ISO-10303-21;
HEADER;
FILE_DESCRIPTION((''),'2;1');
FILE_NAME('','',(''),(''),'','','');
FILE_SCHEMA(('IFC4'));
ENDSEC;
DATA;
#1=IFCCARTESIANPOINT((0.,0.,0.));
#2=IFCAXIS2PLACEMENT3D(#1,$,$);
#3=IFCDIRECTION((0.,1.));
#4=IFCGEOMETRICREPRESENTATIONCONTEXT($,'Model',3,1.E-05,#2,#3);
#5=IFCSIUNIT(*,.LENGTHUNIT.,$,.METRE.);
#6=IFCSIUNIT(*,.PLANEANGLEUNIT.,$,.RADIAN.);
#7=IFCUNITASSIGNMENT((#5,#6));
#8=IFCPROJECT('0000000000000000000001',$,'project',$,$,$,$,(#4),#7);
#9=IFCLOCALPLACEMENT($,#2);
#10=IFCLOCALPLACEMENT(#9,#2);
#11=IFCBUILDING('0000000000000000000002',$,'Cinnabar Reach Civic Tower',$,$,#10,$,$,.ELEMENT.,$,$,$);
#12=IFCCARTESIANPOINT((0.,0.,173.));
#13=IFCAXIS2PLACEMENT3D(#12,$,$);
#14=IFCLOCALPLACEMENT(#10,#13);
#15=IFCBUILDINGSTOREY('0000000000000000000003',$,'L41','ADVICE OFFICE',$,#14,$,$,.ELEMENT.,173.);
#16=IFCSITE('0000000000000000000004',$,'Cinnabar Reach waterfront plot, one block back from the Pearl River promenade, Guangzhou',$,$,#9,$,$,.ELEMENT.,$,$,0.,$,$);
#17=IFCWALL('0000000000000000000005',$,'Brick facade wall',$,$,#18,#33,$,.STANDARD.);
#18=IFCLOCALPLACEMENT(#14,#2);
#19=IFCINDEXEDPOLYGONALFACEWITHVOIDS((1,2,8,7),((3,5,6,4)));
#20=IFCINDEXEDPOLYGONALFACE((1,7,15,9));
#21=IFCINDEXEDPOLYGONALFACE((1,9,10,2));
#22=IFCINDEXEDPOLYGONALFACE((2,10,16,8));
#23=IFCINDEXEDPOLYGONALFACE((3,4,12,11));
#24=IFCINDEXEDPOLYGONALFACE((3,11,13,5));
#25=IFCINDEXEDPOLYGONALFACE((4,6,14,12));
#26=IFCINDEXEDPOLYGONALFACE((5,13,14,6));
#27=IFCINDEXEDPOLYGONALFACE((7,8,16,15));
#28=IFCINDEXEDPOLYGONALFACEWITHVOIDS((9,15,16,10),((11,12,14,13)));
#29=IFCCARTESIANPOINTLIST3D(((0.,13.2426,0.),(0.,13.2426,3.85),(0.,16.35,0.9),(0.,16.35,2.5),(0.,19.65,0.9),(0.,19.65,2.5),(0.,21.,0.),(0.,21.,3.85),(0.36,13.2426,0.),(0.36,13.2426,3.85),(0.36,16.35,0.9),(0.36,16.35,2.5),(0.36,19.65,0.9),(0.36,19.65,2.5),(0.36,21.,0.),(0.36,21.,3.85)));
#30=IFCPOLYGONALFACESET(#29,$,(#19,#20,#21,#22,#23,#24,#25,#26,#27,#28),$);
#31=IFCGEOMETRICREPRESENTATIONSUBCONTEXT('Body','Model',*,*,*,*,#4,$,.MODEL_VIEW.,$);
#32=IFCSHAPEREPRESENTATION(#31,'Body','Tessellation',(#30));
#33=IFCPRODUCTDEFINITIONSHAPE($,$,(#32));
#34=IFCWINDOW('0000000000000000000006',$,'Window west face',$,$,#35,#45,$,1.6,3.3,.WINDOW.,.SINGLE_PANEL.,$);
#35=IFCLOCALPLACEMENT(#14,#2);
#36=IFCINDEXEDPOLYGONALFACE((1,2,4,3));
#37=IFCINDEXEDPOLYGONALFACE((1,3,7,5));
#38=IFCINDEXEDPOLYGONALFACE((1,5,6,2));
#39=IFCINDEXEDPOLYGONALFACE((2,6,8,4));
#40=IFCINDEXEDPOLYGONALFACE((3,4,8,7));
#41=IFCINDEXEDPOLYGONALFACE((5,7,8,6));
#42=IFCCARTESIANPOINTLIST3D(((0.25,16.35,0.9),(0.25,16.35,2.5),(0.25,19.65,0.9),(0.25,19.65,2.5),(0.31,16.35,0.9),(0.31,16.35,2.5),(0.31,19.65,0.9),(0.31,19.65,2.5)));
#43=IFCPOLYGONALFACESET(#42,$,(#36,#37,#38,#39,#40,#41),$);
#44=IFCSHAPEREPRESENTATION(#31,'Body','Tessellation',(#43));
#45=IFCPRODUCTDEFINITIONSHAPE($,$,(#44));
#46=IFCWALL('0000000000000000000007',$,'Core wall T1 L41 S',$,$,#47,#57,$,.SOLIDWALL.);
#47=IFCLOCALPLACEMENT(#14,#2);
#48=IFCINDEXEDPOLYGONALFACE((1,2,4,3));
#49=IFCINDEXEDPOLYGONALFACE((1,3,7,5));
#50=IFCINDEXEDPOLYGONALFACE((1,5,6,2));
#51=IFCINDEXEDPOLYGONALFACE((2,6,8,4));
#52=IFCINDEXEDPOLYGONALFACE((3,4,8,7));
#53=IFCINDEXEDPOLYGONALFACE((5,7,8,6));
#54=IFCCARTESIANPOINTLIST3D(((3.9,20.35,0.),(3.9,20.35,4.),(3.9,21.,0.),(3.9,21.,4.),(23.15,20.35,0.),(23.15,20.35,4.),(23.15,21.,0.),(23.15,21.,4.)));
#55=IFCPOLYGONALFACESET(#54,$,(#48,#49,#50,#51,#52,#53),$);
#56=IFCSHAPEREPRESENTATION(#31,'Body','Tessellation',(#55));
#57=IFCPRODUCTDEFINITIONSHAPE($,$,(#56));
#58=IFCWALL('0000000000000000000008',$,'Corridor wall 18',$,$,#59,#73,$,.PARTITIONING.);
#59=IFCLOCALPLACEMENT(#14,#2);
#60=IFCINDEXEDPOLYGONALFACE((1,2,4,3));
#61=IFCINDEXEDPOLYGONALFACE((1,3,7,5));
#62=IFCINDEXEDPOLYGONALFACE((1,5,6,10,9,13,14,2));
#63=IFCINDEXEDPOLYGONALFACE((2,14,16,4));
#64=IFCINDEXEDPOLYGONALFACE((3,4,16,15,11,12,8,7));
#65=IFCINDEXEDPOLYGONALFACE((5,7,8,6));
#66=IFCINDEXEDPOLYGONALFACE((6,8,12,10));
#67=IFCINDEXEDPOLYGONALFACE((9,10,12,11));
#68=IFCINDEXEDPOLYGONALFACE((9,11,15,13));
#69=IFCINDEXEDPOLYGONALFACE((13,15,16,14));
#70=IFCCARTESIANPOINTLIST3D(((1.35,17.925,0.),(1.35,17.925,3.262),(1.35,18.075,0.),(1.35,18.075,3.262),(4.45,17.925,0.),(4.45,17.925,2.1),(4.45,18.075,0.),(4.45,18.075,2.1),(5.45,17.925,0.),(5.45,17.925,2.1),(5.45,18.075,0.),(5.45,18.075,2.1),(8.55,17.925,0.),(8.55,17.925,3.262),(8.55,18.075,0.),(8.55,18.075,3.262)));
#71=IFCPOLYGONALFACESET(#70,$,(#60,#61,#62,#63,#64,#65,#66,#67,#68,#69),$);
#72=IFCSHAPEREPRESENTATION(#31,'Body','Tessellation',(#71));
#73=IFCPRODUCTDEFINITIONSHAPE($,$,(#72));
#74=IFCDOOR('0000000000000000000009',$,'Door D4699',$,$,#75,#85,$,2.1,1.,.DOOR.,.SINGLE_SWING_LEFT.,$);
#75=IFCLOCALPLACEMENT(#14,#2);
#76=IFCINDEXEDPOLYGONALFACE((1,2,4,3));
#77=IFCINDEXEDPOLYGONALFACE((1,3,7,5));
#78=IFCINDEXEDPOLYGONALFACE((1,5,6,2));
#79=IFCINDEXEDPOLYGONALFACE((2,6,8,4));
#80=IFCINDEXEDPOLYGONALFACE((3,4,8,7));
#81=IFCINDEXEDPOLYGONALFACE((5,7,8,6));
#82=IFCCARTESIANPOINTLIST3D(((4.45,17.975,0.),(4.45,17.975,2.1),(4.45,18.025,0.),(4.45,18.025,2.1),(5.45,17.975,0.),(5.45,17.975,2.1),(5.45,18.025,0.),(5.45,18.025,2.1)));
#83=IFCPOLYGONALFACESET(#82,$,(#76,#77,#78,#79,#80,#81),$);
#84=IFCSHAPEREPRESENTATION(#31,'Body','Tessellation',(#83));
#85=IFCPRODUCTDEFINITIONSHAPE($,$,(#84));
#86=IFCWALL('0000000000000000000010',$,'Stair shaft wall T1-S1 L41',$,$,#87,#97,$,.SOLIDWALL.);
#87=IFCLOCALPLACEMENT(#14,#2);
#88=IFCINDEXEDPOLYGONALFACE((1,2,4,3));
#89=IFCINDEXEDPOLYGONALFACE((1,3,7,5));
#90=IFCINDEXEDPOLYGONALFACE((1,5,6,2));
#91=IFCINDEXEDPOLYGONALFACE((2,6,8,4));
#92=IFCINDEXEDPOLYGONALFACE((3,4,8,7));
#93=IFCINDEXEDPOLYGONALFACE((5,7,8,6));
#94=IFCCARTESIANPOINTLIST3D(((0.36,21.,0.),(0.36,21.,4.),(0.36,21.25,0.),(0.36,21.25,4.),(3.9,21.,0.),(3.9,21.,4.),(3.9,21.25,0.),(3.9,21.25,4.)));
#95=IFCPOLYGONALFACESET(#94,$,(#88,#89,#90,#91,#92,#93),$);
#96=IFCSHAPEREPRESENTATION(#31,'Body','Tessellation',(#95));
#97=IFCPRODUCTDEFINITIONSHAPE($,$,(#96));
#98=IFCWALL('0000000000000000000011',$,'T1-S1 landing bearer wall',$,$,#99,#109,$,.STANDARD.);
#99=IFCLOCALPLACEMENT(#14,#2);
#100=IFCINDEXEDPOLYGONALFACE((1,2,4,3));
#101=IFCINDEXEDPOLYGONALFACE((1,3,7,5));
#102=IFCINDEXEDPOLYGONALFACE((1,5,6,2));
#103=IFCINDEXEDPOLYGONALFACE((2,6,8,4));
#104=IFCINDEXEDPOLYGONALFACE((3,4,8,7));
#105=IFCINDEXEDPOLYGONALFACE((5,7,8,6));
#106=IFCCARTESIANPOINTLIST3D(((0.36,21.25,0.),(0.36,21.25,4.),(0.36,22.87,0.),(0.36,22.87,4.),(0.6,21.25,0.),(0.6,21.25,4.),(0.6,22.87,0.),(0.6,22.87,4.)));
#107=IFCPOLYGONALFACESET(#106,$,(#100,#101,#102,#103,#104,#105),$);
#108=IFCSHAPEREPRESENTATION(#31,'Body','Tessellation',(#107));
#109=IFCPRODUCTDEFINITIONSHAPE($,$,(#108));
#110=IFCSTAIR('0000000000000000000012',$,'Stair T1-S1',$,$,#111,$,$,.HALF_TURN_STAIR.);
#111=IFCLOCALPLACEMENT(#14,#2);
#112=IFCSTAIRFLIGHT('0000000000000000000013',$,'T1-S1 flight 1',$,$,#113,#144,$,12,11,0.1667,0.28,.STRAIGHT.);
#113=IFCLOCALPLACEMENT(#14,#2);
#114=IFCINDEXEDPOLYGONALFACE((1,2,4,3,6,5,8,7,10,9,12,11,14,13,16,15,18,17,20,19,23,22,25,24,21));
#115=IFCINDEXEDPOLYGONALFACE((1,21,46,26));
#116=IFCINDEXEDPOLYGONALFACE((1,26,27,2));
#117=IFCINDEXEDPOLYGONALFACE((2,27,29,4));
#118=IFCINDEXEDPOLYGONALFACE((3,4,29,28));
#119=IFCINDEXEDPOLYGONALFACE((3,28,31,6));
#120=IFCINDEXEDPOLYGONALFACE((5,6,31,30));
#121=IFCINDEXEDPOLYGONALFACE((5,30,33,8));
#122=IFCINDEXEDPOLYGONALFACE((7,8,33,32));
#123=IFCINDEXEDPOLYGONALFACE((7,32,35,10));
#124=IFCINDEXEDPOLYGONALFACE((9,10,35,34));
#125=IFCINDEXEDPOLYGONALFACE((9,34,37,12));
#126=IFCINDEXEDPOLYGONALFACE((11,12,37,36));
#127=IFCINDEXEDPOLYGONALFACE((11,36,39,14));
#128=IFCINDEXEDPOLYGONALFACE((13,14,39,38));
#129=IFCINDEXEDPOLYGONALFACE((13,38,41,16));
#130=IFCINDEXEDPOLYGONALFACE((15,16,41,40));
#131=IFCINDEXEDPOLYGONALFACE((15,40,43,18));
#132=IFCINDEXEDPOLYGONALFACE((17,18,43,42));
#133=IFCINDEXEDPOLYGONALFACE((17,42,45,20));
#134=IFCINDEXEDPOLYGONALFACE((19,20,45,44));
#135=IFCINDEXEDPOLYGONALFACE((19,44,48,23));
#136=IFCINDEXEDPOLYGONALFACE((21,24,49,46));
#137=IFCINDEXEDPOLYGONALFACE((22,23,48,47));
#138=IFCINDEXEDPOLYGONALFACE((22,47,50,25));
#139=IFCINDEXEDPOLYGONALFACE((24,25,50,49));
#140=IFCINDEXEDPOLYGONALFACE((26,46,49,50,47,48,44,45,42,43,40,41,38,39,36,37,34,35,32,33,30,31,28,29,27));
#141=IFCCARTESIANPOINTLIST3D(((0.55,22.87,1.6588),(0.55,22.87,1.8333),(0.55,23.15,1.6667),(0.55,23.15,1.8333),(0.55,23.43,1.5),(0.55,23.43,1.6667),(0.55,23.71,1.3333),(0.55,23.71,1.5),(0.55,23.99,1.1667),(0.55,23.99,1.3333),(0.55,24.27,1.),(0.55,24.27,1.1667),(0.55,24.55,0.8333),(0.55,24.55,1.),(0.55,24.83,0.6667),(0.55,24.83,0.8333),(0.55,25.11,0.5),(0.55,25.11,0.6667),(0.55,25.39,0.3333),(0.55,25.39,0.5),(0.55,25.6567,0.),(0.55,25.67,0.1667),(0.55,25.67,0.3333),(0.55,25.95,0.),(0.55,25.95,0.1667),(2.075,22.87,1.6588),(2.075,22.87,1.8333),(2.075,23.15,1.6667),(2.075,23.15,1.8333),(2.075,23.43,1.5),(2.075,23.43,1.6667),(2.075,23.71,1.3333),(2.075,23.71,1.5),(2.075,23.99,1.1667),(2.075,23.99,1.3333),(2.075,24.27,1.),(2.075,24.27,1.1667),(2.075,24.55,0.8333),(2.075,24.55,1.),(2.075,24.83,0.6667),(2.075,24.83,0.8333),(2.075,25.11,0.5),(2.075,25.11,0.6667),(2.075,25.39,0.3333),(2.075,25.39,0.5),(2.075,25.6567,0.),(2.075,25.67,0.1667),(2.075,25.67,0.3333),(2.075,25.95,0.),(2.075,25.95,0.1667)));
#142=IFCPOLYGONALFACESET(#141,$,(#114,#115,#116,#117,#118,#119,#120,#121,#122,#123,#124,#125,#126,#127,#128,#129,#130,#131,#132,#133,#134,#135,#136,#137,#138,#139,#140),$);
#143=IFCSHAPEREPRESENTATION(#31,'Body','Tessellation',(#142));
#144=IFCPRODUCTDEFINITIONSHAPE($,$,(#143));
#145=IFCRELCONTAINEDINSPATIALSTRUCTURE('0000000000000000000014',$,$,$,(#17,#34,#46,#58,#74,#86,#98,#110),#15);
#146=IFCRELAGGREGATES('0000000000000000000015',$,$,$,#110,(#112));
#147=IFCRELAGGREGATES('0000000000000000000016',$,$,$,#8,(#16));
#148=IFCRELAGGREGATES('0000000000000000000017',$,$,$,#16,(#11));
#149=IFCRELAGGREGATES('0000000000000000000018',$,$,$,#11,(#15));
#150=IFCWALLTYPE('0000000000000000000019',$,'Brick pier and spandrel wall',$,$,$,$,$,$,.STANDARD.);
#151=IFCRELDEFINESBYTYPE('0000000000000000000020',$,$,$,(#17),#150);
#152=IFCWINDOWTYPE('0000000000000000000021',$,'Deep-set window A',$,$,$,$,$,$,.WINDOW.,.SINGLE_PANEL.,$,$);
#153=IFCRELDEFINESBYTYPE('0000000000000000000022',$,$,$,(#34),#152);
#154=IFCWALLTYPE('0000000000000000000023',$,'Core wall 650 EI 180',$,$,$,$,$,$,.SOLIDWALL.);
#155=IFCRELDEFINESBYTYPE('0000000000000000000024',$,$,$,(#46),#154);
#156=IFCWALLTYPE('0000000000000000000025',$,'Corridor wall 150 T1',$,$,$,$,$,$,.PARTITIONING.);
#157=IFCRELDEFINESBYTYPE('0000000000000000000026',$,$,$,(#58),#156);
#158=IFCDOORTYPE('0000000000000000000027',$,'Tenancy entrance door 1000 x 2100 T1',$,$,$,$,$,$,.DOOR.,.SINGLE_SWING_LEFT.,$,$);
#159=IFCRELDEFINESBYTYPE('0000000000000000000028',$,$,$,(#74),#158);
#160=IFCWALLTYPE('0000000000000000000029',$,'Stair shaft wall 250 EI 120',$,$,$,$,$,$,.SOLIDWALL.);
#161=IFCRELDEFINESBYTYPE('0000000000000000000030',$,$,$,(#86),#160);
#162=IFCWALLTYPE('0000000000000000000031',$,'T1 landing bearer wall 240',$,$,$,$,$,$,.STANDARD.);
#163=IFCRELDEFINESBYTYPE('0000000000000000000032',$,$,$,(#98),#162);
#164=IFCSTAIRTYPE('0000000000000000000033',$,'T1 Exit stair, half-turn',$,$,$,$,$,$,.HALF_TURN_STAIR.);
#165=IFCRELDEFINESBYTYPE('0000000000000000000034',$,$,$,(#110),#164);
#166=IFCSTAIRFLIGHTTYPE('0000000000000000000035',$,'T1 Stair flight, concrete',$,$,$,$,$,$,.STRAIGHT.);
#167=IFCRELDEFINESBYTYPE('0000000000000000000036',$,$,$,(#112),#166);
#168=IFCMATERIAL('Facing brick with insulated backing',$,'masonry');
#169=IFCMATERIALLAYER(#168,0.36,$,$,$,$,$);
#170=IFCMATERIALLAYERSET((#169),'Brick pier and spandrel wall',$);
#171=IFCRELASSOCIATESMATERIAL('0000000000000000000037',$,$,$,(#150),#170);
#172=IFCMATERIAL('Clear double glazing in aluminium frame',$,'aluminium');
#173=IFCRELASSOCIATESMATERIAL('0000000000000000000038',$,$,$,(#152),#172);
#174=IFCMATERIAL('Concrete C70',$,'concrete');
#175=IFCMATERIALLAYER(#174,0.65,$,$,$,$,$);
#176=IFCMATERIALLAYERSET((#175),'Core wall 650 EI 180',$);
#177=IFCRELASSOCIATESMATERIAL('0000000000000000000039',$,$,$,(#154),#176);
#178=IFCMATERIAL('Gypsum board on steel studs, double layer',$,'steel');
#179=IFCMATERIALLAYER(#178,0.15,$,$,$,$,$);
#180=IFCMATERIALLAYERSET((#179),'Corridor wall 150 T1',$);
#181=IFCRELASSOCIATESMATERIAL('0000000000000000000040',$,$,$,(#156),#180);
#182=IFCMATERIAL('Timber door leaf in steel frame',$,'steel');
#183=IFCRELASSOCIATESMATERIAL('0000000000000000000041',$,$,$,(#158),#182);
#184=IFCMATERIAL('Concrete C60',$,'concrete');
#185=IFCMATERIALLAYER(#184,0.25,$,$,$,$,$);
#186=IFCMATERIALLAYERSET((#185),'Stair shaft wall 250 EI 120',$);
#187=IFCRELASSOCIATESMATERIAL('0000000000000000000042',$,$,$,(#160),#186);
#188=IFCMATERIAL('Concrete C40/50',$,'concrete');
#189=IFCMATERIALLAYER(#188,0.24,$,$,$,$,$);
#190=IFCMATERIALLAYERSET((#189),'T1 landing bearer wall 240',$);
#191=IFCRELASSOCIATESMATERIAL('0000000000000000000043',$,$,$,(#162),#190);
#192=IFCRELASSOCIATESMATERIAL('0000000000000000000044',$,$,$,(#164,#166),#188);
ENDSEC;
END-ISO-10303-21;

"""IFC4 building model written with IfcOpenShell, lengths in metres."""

from ifc_helpers import new_model, si_unit, direction, frame, frame_2d, origin, place, context, subcontext, project, spatial, polyline, rectangle, outline, extrude, material, layer, layer_set, type_object, element, fill, aggregate, save


model = new_model("IFC4")

# Units and contexts
model_context = context("Model", 3, precision=1e-05, world=origin(), true_north=direction((0.0, 1.0)))
body_context = subcontext(model_context, "Body", "Model", "MODEL_VIEW")
ifc_project = project(units=[si_unit("LENGTHUNIT", "METRE"), si_unit("PLANEANGLEUNIT", "RADIAN")], contexts=[model_context])

# Site, building, storey
site_placement = place(None, origin())
site = spatial("IfcSite", under=ifc_project, at=site_placement, Name="Cinnabar Reach waterfront plot, one block back from the Pearl River promenade, Guangzhou", CompositionType="ELEMENT", RefElevation=0.0)
building_placement = place(site_placement, origin())
building = spatial("IfcBuilding", under=site, at=building_placement, Name="Cinnabar Reach Civic Tower", CompositionType="ELEMENT")
storey_placement = place(building_placement, frame((0.0, 0.0, 173.0)))
storey = spatial("IfcBuildingStorey", under=building, at=storey_placement, Name="L41", Description="ADVICE OFFICE", CompositionType="ELEMENT", Elevation=173.0)

# Shared definitions
ifc_material_1 = material(Name="Concrete C70", Category="concrete")

# Shared definitions
ifc_material_2 = material(Name="Facing brick with insulated backing", Category="masonry")
ifc_layer_1 = layer(ifc_material_2, 0.36)
ifc_layer_set_1 = layer_set([ifc_layer_1], Name="Brick pier and spandrel wall")
wall_type_1 = type_object("IfcWallType", Name="Brick pier and spandrel wall", PredefinedType="STANDARD", material=ifc_layer_set_1)

# Wall, opening, window
wall_1_placement = place(storey_placement, frame((0.18, 21.0, 0.0), z_axis=(0.0, 0.0, 1.0), x_axis=(0.0, -1.0, 0.0)))
wall_1 = element("IfcWall", 1, at=wall_1_placement, inside=storey, type_object=wall_type_1, Name="Brick facade wall", PredefinedType="STANDARD", context=body_context, shape_type="SweptSolid", body=[
    extrude(rectangle(XDim=7.7574, YDim=0.36, at=frame_2d((3.8787, 0.0))), origin(), (0.0, 0.0, 1.0), 3.85),
])
opening_1_placement = place(wall_1_placement, frame((1.35, 0.0, 0.9)))
opening_1 = element("IfcOpeningElement", 2, at=opening_1_placement, cuts=wall_1, PredefinedType="OPENING", context=body_context, shape_type="SweptSolid", body=[
    extrude(rectangle(XDim=3.3, YDim=1.6, at=frame_2d((1.65, 0.8))), frame((0.0, 0.19, 0.0), z_axis=(0.0, -1.0, 0.0), x_axis=(1.0, 0.0, 0.0)), (0.0, 0.0, 1.0), 0.38),
])
ifc_material_3 = material(Name="Clear double glazing in aluminium frame", Category="aluminium")
window_type = type_object("IfcWindowType", Name="Deep-set window A", PartitioningType="SINGLE_PANEL", PredefinedType="WINDOW", material=ifc_material_3)
window_placement = place(opening_1_placement, origin())
window = element("IfcWindow", 3, at=window_placement, inside=storey, type_object=window_type, Name="Window west face", OverallHeight=1.6, OverallWidth=3.3, PartitioningType="SINGLE_PANEL", PredefinedType="WINDOW", context=body_context, shape_type="SweptSolid", body=[
    extrude(rectangle(XDim=3.3, YDim=1.6, at=frame_2d((1.65, 0.8))), frame((0.0, 0.13, 0.0), z_axis=(0.0, -1.0, 0.0), x_axis=(1.0, 0.0, 0.0)), (0.0, 0.0, 1.0), 0.06),
])
fill(opening_1, window)

# Wall
ifc_layer_2 = layer(ifc_material_1, 0.65)
ifc_layer_set_2 = layer_set([ifc_layer_2], Name="Core wall 650 EI 180")
wall_type_2 = type_object("IfcWallType", Name="Core wall 650 EI 180", PredefinedType="SOLIDWALL", material=ifc_layer_set_2)
wall_2_placement = place(storey_placement, frame((3.9, 20.675, 0.0), z_axis=(0.0, 0.0, 1.0), x_axis=(1.0, 0.0, 0.0)))
element("IfcWall", 4, at=wall_2_placement, inside=storey, type_object=wall_type_2, Name="Core wall T1 L41 S", PredefinedType="SOLIDWALL", context=body_context, shape_type="SweptSolid", body=[
    extrude(rectangle(XDim=19.25, YDim=0.65, at=frame_2d((9.625, 0.0))), origin(), (0.0, 0.0, 1.0), 4.0),
])

# Wall, opening, door
ifc_material_4 = material(Name="Gypsum board on steel studs, double layer", Category="steel")
ifc_layer_3 = layer(ifc_material_4, 0.15)
ifc_layer_set_3 = layer_set([ifc_layer_3], Name="Corridor wall 150 T1")
wall_type_3 = type_object("IfcWallType", Name="Corridor wall 150 T1", PredefinedType="PARTITIONING", material=ifc_layer_set_3)
wall_3_placement = place(storey_placement, frame((1.35, 18.0, 0.0), z_axis=(0.0, 0.0, 1.0), x_axis=(1.0, 0.0, 0.0)))
wall_3 = element("IfcWall", 5, at=wall_3_placement, inside=storey, type_object=wall_type_3, Name="Corridor wall 18", PredefinedType="PARTITIONING", context=body_context, shape_type="SweptSolid", body=[
    extrude(rectangle(XDim=7.2, YDim=0.15, at=frame_2d((3.6, 0.0))), origin(), (0.0, 0.0, 1.0), 3.262),
])
opening_2_placement = place(wall_3_placement, frame((3.1, 0.0, 0.0)))
opening_2 = element("IfcOpeningElement", 6, at=opening_2_placement, cuts=wall_3, PredefinedType="OPENING", context=body_context, shape_type="SweptSolid", body=[
    extrude(rectangle(XDim=1.0, YDim=2.1, at=frame_2d((0.5, 1.05))), frame((0.0, 0.085, 0.0), z_axis=(0.0, -1.0, 0.0), x_axis=(1.0, 0.0, 0.0)), (0.0, 0.0, 1.0), 0.17),
])
ifc_material_5 = material(Name="Timber door leaf in steel frame", Category="steel")
door_type = type_object("IfcDoorType", Name="Tenancy entrance door 1000 x 2100 T1", OperationType="SINGLE_SWING_LEFT", PredefinedType="DOOR", material=ifc_material_5)
door_placement = place(opening_2_placement, frame((1.0, 0.0, 0.0), z_axis=(0.0, 0.0, 1.0), x_axis=(-1.0, 0.0, 0.0)))
door = element("IfcDoor", 7, at=door_placement, inside=storey, type_object=door_type, Name="Door D4699", OperationType="SINGLE_SWING_LEFT", OverallHeight=2.1, OverallWidth=1.0, PredefinedType="DOOR", context=body_context, shape_type="SweptSolid", body=[
    extrude(rectangle(XDim=1.0, YDim=2.1, at=frame_2d((0.5, 1.05))), frame((0.0, 0.025, 0.0), z_axis=(0.0, -1.0, 0.0), x_axis=(1.0, 0.0, 0.0)), (0.0, 0.0, 1.0), 0.05),
])
fill(opening_2, door)

# Walls
ifc_material_6 = material(Name="Concrete C60", Category="concrete")
ifc_layer_4 = layer(ifc_material_6, 0.25)
ifc_layer_set_4 = layer_set([ifc_layer_4], Name="Stair shaft wall 250 EI 120")
wall_type_4 = type_object("IfcWallType", Name="Stair shaft wall 250 EI 120", PredefinedType="SOLIDWALL", material=ifc_layer_set_4)
wall_4_placement = place(storey_placement, frame((0.36, 21.125, 0.0), z_axis=(0.0, 0.0, 1.0), x_axis=(1.0, 0.0, 0.0)))
element("IfcWall", 8, at=wall_4_placement, inside=storey, type_object=wall_type_4, Name="Stair shaft wall T1-S1 L41", PredefinedType="SOLIDWALL", context=body_context, shape_type="SweptSolid", body=[
    extrude(rectangle(XDim=3.54, YDim=0.25, at=frame_2d((1.77, 0.0))), origin(), (0.0, 0.0, 1.0), 4.0),
])
ifc_material_7 = material(Name="Concrete C40/50", Category="concrete")
ifc_layer_5 = layer(ifc_material_7, 0.24)
ifc_layer_set_5 = layer_set([ifc_layer_5], Name="T1 landing bearer wall 240")
wall_type_5 = type_object("IfcWallType", Name="T1 landing bearer wall 240", PredefinedType="STANDARD", material=ifc_layer_set_5)
wall_5_placement = place(storey_placement, frame((0.48, 21.25, 0.0), z_axis=(0.0, 0.0, 1.0), x_axis=(0.0, 1.0, 0.0)))
element("IfcWall", 9, at=wall_5_placement, inside=storey, type_object=wall_type_5, Name="T1-S1 landing bearer wall", PredefinedType="STANDARD", context=body_context, shape_type="SweptSolid", body=[
    extrude(rectangle(XDim=1.62, YDim=0.24, at=frame_2d((0.81, 0.0))), origin(), (0.0, 0.0, 1.0), 4.0),
])

# Stair, stair flight
stair_type = type_object("IfcStairType", Name="T1 Exit stair, half-turn", PredefinedType="HALF_TURN_STAIR", material=ifc_material_7)
stair_placement = place(storey_placement, origin())
stair = element("IfcStair", 10, at=stair_placement, inside=storey, type_object=stair_type, Name="Stair T1-S1", PredefinedType="HALF_TURN_STAIR")
stair_flight_type = type_object("IfcStairFlightType", Name="T1 Stair flight, concrete", PredefinedType="STRAIGHT", material=ifc_material_7)
stair_flight_1_placement = place(storey_placement, frame((1.3125, 25.95, 0.0), z_axis=(0.0, 0.0, 1.0), x_axis=(0.0, -1.0, 0.0)))
stair_flight_1 = element("IfcStairFlight", 11, at=stair_flight_1_placement, type_object=stair_flight_type, Name="T1-S1 flight 1", NumberOfRisers=12, NumberOfTreads=11, PredefinedType="STRAIGHT", RiserHeight=0.1667, TreadLength=0.28, context=body_context, shape_type="SweptSolid", body=[
    extrude(outline(polyline([(0.0, 0.0), (0.0, 0.1667), (0.28, 0.1667), (0.28, 0.3333), (0.56, 0.3333), (0.56, 0.5), (0.84, 0.5), (0.84, 0.6667), (1.12, 0.6667), (1.12, 0.8333), (1.4, 0.8333), (1.4, 1.0), (1.68, 1.0), (1.68, 1.1667), (1.96, 1.1667), (1.96, 1.3333), (2.24, 1.3333), (2.24, 1.5), (2.52, 1.5), (2.52, 1.6667), (2.8, 1.6667), (2.8, 1.8333), (3.08, 1.8333), (3.08, 2.0), (3.08, 1.6588), (0.2933, 0.0), (0.0, 0.0)])), frame((0.0, 0.7625, 0.0), z_axis=(0.0, -1.0, 0.0), x_axis=(1.0, 0.0, 0.0)), (0.0, 0.0, 1.0), 1.525),
])
aggregate(stair, [stair_flight_1])

save(model, "model.ifc")
